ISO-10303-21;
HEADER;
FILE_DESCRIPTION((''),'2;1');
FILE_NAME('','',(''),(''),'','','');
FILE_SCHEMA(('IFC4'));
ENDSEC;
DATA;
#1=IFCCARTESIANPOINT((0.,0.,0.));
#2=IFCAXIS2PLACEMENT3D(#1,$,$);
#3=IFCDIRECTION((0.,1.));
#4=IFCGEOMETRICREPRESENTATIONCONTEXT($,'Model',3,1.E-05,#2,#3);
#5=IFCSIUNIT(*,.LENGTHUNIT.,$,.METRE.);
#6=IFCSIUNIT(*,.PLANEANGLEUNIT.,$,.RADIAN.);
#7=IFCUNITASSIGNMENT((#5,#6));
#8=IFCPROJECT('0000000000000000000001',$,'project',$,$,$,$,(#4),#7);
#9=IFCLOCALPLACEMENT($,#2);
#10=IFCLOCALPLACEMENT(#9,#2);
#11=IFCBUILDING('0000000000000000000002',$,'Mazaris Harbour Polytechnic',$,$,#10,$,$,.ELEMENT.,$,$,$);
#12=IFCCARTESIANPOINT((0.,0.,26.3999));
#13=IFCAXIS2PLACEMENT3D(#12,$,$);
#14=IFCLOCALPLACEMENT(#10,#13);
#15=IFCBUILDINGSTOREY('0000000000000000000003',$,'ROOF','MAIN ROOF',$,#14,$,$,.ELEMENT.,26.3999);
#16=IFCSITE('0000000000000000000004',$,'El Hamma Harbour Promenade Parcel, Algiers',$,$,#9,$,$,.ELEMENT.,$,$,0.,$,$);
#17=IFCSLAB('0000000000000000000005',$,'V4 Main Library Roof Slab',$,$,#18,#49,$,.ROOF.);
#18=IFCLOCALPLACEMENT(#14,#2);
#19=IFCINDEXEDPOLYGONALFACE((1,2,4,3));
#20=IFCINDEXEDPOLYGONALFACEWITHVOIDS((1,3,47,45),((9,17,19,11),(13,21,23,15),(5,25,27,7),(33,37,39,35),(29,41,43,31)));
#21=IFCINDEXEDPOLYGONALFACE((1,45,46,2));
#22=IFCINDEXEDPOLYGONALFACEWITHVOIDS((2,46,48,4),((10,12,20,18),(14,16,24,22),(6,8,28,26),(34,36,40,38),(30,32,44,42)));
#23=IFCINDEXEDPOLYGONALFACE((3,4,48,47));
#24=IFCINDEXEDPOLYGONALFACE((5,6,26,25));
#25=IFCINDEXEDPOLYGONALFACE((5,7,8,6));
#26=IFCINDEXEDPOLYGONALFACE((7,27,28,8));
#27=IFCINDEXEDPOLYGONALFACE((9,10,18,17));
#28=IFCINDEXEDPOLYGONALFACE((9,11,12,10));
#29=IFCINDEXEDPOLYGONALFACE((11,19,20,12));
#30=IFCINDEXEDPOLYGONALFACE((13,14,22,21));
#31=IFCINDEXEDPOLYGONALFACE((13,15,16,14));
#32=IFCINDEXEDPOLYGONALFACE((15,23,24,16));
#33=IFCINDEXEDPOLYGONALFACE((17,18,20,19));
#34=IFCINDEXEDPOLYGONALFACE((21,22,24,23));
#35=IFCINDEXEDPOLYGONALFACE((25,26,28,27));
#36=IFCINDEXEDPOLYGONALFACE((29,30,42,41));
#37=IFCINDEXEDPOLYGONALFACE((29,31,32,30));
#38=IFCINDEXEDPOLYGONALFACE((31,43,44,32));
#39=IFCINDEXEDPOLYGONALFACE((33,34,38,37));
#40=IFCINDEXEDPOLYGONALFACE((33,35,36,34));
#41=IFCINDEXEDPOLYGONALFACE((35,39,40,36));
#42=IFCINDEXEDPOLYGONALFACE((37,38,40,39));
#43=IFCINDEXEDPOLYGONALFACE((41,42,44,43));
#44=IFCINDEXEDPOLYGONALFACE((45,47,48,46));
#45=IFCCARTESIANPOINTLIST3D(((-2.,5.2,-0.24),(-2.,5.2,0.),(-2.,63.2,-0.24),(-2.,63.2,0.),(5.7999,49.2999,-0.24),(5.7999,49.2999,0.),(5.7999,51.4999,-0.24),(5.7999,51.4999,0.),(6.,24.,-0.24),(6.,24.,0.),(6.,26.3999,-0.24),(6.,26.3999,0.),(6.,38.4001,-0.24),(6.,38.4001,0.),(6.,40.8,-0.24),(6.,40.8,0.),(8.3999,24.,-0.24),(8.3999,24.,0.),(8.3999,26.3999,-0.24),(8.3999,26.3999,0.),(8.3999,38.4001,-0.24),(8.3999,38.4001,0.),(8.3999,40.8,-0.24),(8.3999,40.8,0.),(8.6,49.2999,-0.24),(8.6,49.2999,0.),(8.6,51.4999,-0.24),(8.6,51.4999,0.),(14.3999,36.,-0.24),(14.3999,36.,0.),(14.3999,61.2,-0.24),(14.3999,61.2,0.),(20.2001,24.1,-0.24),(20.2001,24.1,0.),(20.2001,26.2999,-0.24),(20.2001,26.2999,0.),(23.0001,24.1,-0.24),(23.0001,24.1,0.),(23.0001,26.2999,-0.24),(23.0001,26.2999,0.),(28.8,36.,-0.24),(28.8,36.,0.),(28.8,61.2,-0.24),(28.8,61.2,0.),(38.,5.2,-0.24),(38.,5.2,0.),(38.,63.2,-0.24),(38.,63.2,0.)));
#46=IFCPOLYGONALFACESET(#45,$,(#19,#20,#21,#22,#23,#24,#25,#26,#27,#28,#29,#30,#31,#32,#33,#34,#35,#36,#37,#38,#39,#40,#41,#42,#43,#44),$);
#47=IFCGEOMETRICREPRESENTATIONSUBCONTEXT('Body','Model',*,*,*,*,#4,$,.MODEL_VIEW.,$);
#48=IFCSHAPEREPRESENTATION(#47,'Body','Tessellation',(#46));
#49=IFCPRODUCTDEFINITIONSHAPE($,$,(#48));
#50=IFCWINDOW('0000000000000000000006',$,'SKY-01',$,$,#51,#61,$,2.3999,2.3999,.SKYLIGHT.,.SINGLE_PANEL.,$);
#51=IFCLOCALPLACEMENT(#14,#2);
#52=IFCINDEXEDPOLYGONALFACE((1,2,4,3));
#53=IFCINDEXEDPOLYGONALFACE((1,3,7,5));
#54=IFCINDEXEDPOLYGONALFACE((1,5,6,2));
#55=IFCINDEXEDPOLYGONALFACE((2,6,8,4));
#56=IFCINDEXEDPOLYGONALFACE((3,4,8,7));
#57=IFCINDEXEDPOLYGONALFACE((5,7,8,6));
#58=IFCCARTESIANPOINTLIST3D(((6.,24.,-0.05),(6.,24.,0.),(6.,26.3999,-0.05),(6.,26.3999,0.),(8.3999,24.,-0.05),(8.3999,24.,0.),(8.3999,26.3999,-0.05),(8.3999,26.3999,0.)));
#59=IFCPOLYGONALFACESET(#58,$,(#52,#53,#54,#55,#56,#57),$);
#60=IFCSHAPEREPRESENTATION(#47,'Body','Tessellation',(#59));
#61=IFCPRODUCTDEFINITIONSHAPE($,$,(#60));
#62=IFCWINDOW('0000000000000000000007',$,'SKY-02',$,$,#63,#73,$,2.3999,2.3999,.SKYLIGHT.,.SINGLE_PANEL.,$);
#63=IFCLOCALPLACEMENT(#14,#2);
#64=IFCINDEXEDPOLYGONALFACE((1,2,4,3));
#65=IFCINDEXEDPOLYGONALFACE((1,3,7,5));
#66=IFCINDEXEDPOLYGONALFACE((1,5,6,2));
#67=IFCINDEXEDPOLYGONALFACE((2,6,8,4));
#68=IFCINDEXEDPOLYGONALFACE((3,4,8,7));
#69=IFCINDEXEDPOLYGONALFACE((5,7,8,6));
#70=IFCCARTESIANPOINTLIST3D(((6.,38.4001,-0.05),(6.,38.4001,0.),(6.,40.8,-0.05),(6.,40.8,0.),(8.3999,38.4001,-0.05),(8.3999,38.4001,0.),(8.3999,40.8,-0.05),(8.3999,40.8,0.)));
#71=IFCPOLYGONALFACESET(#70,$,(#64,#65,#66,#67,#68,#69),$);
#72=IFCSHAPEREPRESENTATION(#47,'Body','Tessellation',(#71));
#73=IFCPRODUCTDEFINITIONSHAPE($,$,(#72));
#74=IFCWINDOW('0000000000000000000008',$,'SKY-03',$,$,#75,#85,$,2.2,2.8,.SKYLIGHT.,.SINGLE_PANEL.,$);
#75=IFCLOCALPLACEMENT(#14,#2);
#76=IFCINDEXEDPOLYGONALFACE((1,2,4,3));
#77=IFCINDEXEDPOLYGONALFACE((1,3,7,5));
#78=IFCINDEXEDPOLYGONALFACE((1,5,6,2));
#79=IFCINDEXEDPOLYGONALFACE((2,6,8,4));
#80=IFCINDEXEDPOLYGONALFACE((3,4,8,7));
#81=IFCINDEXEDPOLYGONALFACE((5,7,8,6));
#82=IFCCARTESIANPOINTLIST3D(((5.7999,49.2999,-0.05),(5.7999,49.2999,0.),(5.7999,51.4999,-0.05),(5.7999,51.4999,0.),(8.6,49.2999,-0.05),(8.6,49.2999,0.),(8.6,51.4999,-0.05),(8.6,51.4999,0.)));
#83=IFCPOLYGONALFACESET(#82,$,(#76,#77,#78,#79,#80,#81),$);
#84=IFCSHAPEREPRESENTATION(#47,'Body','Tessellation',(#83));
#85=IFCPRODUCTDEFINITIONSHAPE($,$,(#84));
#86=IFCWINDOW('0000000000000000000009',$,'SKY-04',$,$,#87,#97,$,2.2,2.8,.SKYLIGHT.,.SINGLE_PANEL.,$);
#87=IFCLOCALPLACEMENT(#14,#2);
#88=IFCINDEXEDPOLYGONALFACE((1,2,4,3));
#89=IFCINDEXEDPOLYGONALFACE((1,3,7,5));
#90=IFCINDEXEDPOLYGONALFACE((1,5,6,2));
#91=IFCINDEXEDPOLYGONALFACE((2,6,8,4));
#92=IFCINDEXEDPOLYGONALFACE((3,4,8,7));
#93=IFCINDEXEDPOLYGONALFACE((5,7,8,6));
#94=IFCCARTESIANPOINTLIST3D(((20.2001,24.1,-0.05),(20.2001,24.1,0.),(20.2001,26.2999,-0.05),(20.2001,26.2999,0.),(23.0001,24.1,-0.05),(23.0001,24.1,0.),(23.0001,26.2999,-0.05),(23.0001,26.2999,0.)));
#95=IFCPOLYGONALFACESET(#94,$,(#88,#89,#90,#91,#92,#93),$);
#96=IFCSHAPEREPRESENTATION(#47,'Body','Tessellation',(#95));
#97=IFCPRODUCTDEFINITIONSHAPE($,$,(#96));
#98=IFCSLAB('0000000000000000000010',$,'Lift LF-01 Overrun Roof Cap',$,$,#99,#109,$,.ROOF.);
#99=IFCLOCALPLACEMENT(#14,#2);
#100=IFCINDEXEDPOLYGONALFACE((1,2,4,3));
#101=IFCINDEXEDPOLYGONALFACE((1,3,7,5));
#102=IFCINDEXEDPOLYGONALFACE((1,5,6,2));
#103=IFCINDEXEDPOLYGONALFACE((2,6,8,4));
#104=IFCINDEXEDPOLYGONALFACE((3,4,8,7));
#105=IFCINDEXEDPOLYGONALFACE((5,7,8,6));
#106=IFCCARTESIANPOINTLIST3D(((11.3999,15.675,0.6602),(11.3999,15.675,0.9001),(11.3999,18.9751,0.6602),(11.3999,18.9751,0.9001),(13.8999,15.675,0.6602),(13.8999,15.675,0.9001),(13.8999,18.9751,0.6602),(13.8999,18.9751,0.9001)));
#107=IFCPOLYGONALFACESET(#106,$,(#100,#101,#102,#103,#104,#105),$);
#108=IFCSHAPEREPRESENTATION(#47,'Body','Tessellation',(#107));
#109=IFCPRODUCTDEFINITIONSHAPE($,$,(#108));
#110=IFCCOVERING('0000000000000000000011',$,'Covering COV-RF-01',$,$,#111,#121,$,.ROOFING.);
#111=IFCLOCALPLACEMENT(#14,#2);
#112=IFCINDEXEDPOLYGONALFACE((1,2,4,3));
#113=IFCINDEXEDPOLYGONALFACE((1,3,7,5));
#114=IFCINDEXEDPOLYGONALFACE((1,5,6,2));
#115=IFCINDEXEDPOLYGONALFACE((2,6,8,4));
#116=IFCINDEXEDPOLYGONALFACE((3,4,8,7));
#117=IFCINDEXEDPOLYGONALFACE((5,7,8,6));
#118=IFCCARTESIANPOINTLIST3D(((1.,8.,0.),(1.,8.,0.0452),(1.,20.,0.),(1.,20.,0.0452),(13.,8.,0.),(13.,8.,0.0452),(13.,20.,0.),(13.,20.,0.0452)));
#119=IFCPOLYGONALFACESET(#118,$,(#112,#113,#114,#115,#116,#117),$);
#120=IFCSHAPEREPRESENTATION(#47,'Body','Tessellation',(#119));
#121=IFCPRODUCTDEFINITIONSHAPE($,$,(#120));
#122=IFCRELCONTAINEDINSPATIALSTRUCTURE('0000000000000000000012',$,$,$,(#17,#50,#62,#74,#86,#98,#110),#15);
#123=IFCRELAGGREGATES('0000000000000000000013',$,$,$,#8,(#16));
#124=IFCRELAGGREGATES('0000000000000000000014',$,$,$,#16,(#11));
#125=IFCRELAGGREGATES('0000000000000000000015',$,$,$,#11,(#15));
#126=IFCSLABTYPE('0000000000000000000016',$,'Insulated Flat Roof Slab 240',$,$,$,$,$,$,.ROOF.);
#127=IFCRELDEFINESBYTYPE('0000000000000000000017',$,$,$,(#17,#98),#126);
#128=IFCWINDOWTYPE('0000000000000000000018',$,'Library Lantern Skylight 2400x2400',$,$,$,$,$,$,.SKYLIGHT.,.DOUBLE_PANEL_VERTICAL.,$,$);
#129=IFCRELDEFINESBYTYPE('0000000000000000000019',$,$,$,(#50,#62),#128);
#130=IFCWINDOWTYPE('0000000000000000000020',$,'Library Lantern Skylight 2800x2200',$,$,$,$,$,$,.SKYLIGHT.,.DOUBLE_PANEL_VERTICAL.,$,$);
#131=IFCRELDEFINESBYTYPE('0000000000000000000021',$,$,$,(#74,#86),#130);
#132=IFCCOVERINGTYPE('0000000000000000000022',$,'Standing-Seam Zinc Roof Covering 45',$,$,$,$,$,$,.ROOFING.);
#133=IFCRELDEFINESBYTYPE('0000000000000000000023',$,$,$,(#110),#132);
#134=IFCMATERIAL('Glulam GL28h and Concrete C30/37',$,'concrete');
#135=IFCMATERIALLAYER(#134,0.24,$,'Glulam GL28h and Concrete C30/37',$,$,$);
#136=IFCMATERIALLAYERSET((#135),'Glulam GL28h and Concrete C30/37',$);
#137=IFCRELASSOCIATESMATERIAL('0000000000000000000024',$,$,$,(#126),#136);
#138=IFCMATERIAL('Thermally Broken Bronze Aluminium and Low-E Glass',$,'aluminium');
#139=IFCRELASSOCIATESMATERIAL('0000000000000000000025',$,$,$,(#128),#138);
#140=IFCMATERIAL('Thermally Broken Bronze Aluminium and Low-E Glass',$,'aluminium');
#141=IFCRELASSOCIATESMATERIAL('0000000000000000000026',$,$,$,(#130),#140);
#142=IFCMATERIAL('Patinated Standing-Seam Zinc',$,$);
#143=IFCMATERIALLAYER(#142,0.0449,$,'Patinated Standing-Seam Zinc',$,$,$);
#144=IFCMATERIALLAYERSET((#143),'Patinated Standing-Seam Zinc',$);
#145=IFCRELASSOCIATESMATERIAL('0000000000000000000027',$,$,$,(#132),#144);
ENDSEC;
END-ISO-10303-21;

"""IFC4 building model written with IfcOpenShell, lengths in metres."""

from ifc_helpers import new_model, si_unit, direction, frame, origin, origin_2d, place, context, subcontext, project, spatial, polyline, rectangle, outline, extrude, material, layer, layer_set, type_object, element, fill, save


model = new_model("IFC4")

# Units and contexts
model_context = context("Model", 3, precision=1e-05, world=origin(), true_north=direction((0.0, 1.0)))
body_context = subcontext(model_context, "Body", "Model", "MODEL_VIEW")
ifc_project = project(units=[si_unit("LENGTHUNIT", "METRE"), si_unit("PLANEANGLEUNIT", "RADIAN")], contexts=[model_context])

# Site, building, storey
site_placement = place(None, origin())
site = spatial("IfcSite", under=ifc_project, at=site_placement, Name="El Hamma Harbour Promenade Parcel, Algiers", CompositionType="ELEMENT", RefElevation=0.0)
building_placement = place(site_placement, origin())
building = spatial("IfcBuilding", under=site, at=building_placement, Name="Mazaris Harbour Polytechnic", CompositionType="ELEMENT")
storey_placement = place(building_placement, frame((0.0, 0.0, 26.3999)))
storey = spatial("IfcBuildingStorey", under=building, at=storey_placement, Name="ROOF", Description="MAIN ROOF", CompositionType="ELEMENT", Elevation=26.3999)

# Slab, openings, windows
ifc_material_1 = material(Name="Glulam GL28h and Concrete C30/37", Category="concrete")
ifc_layer_1 = layer(ifc_material_1, 0.24, Name="Glulam GL28h and Concrete C30/37")
ifc_layer_set_1 = layer_set([ifc_layer_1], Name="Glulam GL28h and Concrete C30/37")
slab_type = type_object("IfcSlabType", Name="Insulated Flat Roof Slab 240", PredefinedType="ROOF", material=ifc_layer_set_1)
slab_1_placement = place(storey_placement, frame((0.0, 0.0, -0.24)))
slab_1 = element("IfcSlab", 1, at=slab_1_placement, inside=storey, type_object=slab_type, Name="V4 Main Library Roof Slab", PredefinedType="ROOF", context=body_context, shape_type="SweptSolid", body=[
    extrude(outline(polyline([(-2.0, 5.2), (-2.0, 63.2), (38.0, 63.2), (38.0, 5.2), (-2.0, 5.2)]), holes=[polyline([(28.8, 61.2), (14.3999, 61.2), (14.3999, 36.0), (28.8, 36.0), (28.8, 61.2)])]), origin(), (0.0, 0.0, 1.0), 0.24),
])
opening_1_placement = place(slab_1_placement, frame((7.2, 25.2, 0.0)))
opening_1 = element("IfcOpeningElement", 2, at=opening_1_placement, cuts=slab_1, PredefinedType="OPENING", context=body_context, shape_type="SweptSolid", body=[
    extrude(rectangle(XDim=2.3999, YDim=2.3999, at=origin_2d()), origin(), (0.0, 0.0, 1.0), 0.24),
])
opening_2_placement = place(slab_1_placement, frame((7.2, 39.6001, 0.0)))
opening_2 = element("IfcOpeningElement", 3, at=opening_2_placement, cuts=slab_1, PredefinedType="OPENING", context=body_context, shape_type="SweptSolid", body=[
    extrude(rectangle(XDim=2.3999, YDim=2.3999, at=origin_2d()), origin(), (0.0, 0.0, 1.0), 0.24),
])
opening_3_placement = place(slab_1_placement, frame((7.2, 50.3999, 0.0)))
opening_3 = element("IfcOpeningElement", 4, at=opening_3_placement, cuts=slab_1, PredefinedType="OPENING", context=body_context, shape_type="SweptSolid", body=[
    extrude(rectangle(XDim=2.8, YDim=2.2, at=origin_2d()), origin(), (0.0, 0.0, 1.0), 0.24),
])
opening_4_placement = place(slab_1_placement, frame((21.6001, 25.2, 0.0)))
opening_4 = element("IfcOpeningElement", 5, at=opening_4_placement, cuts=slab_1, PredefinedType="OPENING", context=body_context, shape_type="SweptSolid", body=[
    extrude(rectangle(XDim=2.8, YDim=2.2, at=origin_2d()), origin(), (0.0, 0.0, 1.0), 0.24),
])
ifc_material_2 = material(Name="Thermally Broken Bronze Aluminium and Low-E Glass", Category="aluminium")
window_type_1 = type_object("IfcWindowType", Name="Library Lantern Skylight 2400x2400", PartitioningType="DOUBLE_PANEL_VERTICAL", PredefinedType="SKYLIGHT", material=ifc_material_2)
window_1_placement = place(opening_1_placement, frame((0.0, 0.0, 0.1899)))
window_1 = element("IfcWindow", 6, at=window_1_placement, inside=storey, type_object=window_type_1, Name="SKY-01", OverallHeight=2.3999, OverallWidth=2.3999, PartitioningType="SINGLE_PANEL", PredefinedType="SKYLIGHT", context=body_context, shape_type="SweptSolid", body=[
    extrude(rectangle(XDim=2.3999, YDim=2.3999, at=origin_2d()), origin(), (0.0, 0.0, 1.0), 0.05),
])
fill(opening_1, window_1)
window_2_placement = place(opening_2_placement, frame((0.0, 0.0, 0.1899)))
window_2 = element("IfcWindow", 7, at=window_2_placement, inside=storey, type_object=window_type_1, Name="SKY-02", OverallHeight=2.3999, OverallWidth=2.3999, PartitioningType="SINGLE_PANEL", PredefinedType="SKYLIGHT", context=body_context, shape_type="SweptSolid", body=[
    extrude(rectangle(XDim=2.3999, YDim=2.3999, at=origin_2d()), origin(), (0.0, 0.0, 1.0), 0.05),
])
fill(opening_2, window_2)
ifc_material_3 = material(Name="Thermally Broken Bronze Aluminium and Low-E Glass", Category="aluminium")
window_type_2 = type_object("IfcWindowType", Name="Library Lantern Skylight 2800x2200", PartitioningType="DOUBLE_PANEL_VERTICAL", PredefinedType="SKYLIGHT", material=ifc_material_3)
window_3_placement = place(opening_3_placement, frame((0.0, 0.0, 0.1899)))
window_3 = element("IfcWindow", 8, at=window_3_placement, inside=storey, type_object=window_type_2, Name="SKY-03", OverallHeight=2.2, OverallWidth=2.8, PartitioningType="SINGLE_PANEL", PredefinedType="SKYLIGHT", context=body_context, shape_type="SweptSolid", body=[
    extrude(rectangle(XDim=2.8, YDim=2.2, at=origin_2d()), origin(), (0.0, 0.0, 1.0), 0.05),
])
fill(opening_3, window_3)
window_4_placement = place(opening_4_placement, frame((0.0, 0.0, 0.1899)))
window_4 = element("IfcWindow", 9, at=window_4_placement, inside=storey, type_object=window_type_2, Name="SKY-04", OverallHeight=2.2, OverallWidth=2.8, PartitioningType="SINGLE_PANEL", PredefinedType="SKYLIGHT", context=body_context, shape_type="SweptSolid", body=[
    extrude(rectangle(XDim=2.8, YDim=2.2, at=origin_2d()), origin(), (0.0, 0.0, 1.0), 0.05),
])
fill(opening_4, window_4)

# Slab
slab_2_placement = place(storey_placement, frame((0.0, 0.0, 0.6602)))
element("IfcSlab", 10, at=slab_2_placement, inside=storey, type_object=slab_type, Name="Lift LF-01 Overrun Roof Cap", PredefinedType="ROOF", context=body_context, shape_type="SweptSolid", body=[
    extrude(outline(polyline([(13.8999, 15.675), (13.8999, 18.9751), (11.3999, 18.9751), (11.3999, 15.675), (13.8999, 15.675)])), origin(), (0.0, 0.0, 1.0), 0.24),
])

# Covering
ifc_material_4 = material(Name="Patinated Standing-Seam Zinc")
ifc_layer_2 = layer(ifc_material_4, 0.0449, Name="Patinated Standing-Seam Zinc")
ifc_layer_set_2 = layer_set([ifc_layer_2], Name="Patinated Standing-Seam Zinc")
covering_type = type_object("IfcCoveringType", Name="Standing-Seam Zinc Roof Covering 45", PredefinedType="ROOFING", material=ifc_layer_set_2)
covering_placement = place(storey_placement, origin())
element("IfcCovering", 11, at=covering_placement, inside=storey, type_object=covering_type, Name="Covering COV-RF-01", PredefinedType="ROOFING", context=body_context, shape_type="SweptSolid", body=[
    extrude(outline(polyline([(1.0, 8.0), (13.0, 8.0), (13.0, 20.0), (1.0, 20.0), (1.0, 8.0)])), origin(), (0.0, 0.0, 1.0), 0.0452),
])

save(model, "model.ifc")
